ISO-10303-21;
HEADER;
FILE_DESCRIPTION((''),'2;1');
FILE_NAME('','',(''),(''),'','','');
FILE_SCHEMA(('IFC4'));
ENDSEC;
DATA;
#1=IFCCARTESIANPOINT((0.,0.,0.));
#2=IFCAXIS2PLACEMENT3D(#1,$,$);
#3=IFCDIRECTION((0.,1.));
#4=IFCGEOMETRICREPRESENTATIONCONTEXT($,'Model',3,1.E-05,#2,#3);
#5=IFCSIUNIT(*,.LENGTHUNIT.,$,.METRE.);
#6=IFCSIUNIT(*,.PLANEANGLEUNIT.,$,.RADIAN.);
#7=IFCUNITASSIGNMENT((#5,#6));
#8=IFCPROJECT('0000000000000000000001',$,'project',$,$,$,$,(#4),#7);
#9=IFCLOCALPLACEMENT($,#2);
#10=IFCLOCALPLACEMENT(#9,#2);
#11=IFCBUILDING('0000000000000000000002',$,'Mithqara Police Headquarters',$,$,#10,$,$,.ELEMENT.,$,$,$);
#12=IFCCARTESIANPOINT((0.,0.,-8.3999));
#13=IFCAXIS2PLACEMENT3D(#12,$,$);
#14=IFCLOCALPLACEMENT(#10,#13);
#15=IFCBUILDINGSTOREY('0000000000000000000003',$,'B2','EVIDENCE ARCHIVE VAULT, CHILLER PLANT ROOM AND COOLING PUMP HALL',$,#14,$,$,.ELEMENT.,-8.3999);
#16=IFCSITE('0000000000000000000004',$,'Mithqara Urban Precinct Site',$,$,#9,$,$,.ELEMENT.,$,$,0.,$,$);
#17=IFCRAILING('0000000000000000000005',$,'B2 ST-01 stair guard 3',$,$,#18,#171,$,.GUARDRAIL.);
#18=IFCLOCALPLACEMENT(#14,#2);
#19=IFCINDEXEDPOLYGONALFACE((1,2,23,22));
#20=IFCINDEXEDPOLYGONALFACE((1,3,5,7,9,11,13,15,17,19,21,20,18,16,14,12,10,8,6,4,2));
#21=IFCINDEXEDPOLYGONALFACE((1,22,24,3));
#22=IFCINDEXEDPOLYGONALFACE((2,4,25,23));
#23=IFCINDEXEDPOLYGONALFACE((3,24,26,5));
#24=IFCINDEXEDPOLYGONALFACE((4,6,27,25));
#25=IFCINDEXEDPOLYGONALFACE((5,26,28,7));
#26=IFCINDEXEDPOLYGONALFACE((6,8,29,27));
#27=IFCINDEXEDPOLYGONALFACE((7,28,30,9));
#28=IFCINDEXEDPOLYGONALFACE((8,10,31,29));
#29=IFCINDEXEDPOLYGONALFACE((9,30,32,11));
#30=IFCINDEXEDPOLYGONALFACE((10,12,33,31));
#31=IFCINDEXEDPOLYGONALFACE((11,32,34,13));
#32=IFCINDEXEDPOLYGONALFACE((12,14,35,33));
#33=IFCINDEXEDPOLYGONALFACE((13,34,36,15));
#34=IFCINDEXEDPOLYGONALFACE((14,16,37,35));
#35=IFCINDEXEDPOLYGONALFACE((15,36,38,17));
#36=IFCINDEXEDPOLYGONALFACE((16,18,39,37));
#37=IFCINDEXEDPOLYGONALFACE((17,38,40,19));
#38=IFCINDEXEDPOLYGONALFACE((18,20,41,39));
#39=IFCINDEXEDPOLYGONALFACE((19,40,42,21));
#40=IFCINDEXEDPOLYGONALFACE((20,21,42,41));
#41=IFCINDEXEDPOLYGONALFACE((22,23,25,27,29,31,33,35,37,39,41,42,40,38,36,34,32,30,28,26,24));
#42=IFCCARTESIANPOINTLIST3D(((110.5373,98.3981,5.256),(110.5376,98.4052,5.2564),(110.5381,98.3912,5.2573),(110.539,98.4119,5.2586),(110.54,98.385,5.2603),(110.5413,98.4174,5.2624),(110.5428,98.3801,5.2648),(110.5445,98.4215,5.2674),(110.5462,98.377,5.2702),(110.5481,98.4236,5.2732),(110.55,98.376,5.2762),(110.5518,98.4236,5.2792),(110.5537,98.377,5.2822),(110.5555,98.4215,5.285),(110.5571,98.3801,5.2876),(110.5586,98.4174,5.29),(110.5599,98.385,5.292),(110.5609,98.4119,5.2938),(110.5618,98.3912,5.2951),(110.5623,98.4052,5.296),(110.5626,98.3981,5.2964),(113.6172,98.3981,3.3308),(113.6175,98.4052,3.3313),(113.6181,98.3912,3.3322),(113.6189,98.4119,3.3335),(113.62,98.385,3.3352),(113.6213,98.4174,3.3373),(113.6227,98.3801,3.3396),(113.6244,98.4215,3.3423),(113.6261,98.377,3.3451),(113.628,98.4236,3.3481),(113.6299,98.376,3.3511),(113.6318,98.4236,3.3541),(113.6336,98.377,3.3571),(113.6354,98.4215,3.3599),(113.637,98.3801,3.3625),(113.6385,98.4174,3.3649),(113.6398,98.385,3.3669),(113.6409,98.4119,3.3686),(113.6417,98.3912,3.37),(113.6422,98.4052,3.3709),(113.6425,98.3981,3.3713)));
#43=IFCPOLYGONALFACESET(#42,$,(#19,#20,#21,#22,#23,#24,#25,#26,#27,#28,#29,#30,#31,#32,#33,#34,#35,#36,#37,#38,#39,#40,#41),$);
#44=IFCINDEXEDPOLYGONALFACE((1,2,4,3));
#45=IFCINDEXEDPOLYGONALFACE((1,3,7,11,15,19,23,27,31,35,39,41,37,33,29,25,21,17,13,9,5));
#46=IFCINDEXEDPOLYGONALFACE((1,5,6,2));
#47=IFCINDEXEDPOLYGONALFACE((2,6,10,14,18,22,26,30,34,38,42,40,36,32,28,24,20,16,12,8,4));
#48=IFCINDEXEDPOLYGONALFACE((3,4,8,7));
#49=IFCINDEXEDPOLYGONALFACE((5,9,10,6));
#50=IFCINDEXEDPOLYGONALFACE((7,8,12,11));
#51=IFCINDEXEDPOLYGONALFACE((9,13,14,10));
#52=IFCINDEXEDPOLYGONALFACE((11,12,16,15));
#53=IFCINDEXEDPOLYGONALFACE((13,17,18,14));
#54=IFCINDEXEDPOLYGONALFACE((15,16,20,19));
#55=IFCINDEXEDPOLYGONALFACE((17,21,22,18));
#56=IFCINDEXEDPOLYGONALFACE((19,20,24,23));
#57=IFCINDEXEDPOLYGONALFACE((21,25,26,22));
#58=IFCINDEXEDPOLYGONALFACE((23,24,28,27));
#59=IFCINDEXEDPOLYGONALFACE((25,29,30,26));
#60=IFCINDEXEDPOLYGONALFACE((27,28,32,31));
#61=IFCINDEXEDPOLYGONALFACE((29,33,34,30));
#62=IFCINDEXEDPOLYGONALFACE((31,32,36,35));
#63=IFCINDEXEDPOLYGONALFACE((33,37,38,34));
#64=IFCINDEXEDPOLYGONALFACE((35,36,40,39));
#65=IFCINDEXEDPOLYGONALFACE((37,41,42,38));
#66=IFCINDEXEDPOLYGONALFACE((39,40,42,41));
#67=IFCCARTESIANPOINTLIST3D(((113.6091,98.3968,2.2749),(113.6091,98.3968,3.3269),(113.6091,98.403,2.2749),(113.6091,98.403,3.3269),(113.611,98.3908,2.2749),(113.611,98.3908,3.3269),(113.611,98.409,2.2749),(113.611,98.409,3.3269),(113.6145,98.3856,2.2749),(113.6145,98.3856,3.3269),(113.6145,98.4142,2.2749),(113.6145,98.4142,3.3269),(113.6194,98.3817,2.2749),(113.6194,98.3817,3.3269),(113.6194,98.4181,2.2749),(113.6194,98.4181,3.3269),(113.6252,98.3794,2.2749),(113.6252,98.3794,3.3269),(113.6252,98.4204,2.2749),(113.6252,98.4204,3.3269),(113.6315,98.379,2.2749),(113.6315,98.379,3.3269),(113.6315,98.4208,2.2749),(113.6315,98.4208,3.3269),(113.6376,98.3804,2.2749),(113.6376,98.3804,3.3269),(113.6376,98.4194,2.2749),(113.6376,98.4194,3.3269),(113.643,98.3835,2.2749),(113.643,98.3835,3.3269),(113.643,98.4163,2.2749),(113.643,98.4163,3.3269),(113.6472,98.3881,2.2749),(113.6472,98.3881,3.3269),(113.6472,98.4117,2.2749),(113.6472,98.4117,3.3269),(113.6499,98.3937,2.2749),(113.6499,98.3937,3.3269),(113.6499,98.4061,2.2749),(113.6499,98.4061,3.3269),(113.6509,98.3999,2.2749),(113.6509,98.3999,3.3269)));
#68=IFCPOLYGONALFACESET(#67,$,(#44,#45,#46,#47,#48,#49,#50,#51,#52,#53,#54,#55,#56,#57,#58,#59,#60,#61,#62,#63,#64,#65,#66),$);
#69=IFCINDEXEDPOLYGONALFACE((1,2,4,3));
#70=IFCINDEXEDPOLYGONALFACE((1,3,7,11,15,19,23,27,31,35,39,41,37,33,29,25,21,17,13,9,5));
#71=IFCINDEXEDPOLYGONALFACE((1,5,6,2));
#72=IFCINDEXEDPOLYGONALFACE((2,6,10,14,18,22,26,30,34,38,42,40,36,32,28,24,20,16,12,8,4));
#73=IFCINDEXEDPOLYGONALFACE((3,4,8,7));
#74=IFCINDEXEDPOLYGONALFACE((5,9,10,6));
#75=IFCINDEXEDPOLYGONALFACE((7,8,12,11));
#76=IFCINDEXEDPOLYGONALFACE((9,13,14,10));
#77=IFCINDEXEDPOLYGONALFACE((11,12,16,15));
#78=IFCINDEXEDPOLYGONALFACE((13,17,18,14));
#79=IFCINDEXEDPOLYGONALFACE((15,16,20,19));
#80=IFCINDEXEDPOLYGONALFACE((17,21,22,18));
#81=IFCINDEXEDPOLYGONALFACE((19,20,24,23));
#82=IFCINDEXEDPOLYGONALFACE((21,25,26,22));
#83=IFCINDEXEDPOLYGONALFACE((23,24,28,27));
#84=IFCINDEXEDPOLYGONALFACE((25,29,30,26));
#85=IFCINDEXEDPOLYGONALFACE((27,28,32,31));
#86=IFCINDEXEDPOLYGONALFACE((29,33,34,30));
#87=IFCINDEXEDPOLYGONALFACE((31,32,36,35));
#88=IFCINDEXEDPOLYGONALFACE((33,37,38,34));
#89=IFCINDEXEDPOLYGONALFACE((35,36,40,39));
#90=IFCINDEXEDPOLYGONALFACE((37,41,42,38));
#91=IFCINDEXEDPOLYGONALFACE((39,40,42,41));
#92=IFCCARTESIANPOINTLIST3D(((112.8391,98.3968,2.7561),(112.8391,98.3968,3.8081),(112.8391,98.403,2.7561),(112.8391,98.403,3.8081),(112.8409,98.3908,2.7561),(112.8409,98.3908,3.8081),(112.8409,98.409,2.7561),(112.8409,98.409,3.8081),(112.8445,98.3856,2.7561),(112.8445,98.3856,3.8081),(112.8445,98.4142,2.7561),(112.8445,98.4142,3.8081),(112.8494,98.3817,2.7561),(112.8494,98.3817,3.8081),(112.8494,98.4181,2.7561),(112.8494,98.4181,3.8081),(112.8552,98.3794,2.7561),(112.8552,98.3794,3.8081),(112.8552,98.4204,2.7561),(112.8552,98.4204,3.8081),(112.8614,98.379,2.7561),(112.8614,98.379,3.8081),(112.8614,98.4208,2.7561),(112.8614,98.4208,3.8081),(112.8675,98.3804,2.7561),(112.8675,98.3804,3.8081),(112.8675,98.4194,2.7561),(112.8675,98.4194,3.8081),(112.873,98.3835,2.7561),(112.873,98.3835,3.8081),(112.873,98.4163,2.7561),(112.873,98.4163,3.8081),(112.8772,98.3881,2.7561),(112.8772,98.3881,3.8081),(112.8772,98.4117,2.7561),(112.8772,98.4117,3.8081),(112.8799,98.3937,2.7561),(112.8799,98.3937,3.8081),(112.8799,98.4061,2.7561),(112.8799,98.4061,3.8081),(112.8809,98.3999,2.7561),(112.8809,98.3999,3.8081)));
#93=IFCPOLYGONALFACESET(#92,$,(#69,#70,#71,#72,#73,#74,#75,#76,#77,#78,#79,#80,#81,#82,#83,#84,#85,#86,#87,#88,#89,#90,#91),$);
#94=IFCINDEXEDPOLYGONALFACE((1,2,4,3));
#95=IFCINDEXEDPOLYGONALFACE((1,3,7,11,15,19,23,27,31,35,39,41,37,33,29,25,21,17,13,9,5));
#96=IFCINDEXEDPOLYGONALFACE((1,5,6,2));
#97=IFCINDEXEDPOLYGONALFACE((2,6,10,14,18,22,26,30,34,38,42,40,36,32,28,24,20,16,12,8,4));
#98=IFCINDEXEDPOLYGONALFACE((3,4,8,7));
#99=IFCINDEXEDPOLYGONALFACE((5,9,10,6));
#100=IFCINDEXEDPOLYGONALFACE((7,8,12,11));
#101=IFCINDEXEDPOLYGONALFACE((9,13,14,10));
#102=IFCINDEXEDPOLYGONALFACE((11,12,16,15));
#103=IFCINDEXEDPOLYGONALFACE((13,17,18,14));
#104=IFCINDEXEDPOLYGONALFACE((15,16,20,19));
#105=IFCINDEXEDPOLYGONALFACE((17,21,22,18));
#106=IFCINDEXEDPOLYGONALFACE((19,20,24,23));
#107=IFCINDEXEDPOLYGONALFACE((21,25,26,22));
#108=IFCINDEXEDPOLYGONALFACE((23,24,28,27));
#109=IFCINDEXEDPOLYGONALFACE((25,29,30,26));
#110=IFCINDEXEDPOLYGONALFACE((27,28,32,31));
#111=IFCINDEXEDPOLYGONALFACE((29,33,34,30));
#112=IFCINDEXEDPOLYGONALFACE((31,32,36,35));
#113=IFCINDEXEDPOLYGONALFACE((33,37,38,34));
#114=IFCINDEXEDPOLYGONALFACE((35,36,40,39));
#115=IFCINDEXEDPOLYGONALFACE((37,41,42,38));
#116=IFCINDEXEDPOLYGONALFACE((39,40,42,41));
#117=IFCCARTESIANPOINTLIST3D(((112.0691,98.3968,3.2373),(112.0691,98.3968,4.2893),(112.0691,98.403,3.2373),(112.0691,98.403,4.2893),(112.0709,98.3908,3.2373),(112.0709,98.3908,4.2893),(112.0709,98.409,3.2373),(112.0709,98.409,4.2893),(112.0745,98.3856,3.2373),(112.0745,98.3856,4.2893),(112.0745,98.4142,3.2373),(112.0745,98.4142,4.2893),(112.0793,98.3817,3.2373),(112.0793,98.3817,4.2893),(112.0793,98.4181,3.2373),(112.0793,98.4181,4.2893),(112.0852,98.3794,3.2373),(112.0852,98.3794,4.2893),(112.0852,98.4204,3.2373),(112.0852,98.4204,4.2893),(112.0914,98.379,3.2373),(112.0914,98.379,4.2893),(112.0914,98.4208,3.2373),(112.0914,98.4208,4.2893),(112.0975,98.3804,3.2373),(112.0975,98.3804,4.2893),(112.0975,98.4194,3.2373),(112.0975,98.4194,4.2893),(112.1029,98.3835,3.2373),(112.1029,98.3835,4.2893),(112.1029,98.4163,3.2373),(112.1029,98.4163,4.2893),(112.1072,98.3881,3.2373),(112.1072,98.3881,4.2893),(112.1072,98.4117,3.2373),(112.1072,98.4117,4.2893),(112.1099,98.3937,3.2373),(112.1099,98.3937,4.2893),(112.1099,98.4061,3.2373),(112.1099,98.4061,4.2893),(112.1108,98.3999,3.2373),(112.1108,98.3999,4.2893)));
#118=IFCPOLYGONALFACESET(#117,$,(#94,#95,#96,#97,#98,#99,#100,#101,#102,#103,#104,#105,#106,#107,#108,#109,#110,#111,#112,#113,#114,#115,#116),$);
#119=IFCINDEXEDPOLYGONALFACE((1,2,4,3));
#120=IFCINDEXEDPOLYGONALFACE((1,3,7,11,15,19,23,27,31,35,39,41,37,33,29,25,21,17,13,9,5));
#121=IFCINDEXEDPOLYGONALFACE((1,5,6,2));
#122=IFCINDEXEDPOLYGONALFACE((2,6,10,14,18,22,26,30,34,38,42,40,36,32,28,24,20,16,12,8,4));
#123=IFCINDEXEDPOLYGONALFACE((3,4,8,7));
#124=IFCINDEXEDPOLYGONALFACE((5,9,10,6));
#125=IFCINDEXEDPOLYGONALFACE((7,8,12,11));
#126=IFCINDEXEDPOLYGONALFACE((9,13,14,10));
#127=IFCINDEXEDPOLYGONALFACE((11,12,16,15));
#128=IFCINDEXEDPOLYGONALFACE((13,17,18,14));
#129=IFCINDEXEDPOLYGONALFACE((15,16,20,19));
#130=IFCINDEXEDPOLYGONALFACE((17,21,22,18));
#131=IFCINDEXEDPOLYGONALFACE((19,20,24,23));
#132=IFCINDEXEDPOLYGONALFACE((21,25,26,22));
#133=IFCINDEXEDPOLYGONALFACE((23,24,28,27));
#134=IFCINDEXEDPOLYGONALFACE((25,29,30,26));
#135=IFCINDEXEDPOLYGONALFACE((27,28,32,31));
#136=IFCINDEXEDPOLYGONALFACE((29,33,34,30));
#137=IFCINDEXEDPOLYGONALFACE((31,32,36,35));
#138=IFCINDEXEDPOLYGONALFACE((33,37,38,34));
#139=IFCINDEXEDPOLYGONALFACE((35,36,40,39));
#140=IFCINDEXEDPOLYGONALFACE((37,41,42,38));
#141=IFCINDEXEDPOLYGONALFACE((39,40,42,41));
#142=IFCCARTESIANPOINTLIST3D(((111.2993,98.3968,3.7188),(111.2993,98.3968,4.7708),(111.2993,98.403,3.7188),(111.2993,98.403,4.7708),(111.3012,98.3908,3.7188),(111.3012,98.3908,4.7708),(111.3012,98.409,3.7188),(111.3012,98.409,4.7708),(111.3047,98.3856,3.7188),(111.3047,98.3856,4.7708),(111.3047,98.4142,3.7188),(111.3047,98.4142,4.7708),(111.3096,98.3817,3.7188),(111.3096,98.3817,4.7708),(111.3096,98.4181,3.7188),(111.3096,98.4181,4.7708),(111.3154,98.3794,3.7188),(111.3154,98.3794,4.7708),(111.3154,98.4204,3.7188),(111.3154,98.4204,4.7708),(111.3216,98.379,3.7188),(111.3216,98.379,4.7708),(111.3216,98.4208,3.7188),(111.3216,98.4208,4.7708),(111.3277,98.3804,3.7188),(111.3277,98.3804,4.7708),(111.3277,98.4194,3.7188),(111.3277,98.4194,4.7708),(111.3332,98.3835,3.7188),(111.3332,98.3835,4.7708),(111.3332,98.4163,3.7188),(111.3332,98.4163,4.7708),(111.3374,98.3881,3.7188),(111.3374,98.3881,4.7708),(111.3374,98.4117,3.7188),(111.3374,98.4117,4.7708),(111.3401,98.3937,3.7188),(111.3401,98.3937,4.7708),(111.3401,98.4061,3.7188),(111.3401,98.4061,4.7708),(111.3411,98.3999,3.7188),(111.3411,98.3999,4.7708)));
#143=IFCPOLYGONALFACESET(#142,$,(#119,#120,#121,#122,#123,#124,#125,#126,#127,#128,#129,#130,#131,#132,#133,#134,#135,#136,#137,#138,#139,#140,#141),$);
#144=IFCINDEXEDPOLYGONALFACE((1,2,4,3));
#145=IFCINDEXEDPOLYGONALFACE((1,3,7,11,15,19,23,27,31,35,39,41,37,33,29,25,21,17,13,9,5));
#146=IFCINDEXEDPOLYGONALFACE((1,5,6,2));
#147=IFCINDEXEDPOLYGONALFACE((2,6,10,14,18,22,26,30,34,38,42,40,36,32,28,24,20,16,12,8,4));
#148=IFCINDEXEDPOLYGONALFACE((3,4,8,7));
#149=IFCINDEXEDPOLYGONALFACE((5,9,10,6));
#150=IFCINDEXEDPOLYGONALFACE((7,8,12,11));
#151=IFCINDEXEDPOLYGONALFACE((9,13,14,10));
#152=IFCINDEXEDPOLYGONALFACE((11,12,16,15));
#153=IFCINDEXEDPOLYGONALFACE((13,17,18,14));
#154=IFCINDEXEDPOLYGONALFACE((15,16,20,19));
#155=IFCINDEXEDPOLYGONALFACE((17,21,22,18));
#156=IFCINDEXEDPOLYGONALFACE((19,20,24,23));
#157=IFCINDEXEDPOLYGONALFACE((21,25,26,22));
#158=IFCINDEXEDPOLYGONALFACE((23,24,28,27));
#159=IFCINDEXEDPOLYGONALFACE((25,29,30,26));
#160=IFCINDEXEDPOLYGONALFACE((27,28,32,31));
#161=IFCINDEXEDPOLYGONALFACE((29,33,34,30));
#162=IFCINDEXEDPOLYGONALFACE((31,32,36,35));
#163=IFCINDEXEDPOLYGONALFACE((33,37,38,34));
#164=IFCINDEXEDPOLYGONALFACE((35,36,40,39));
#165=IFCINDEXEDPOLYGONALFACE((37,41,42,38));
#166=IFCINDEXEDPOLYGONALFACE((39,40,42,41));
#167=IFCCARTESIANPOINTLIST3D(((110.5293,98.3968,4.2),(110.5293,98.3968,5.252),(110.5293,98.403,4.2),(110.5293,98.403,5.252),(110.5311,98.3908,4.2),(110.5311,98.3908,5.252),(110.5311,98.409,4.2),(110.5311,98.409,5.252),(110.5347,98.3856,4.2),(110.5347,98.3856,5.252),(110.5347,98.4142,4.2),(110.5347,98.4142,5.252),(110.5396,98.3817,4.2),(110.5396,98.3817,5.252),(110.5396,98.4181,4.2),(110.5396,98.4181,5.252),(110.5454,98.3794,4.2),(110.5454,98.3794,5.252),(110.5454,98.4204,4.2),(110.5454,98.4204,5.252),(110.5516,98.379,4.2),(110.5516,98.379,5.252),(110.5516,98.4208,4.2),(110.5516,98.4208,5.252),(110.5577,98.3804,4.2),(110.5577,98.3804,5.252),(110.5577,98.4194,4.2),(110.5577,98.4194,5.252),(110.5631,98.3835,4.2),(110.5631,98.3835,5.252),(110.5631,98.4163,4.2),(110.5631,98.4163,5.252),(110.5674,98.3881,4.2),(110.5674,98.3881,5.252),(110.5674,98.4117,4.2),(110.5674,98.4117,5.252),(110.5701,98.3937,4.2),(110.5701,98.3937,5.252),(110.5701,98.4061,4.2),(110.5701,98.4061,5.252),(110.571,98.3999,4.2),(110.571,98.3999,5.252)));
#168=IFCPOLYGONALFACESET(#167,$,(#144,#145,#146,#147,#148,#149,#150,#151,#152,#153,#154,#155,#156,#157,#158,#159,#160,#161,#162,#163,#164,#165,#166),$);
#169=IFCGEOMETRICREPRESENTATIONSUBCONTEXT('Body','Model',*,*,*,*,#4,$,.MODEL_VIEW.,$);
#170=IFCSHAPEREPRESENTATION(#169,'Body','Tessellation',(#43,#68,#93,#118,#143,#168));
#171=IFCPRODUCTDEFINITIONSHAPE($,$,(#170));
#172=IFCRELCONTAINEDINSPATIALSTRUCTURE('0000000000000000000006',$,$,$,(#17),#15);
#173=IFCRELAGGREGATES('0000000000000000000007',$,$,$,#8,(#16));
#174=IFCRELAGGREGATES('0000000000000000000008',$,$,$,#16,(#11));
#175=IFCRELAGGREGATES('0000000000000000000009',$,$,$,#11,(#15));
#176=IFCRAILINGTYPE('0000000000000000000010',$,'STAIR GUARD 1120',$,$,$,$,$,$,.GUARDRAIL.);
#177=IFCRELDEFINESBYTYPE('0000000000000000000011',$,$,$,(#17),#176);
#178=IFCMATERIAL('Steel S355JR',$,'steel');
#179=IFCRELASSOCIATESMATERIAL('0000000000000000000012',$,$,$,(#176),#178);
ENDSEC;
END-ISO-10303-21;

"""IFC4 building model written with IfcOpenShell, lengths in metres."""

from ifc_helpers import new_model, si_unit, direction, frame, origin, origin_2d, place, context, subcontext, project, spatial, circle, extrude, material, type_object, element, save


model = new_model("IFC4")

# Units and contexts
model_context = context("Model", 3, precision=1e-05, world=origin(), true_north=direction((0.0, 1.0)))
body_context = subcontext(model_context, "Body", "Model", "MODEL_VIEW")
ifc_project = project(units=[si_unit("LENGTHUNIT", "METRE"), si_unit("PLANEANGLEUNIT", "RADIAN")], contexts=[model_context])

# Site, building, storey
site_placement = place(None, origin())
site = spatial("IfcSite", under=ifc_project, at=site_placement, Name="Mithqara Urban Precinct Site", CompositionType="ELEMENT", RefElevation=0.0)
building_placement = place(site_placement, origin())
building = spatial("IfcBuilding", under=site, at=building_placement, Name="Mithqara Police Headquarters", CompositionType="ELEMENT")
storey_placement = place(building_placement, frame((0.0, 0.0, -8.3999)))
storey = spatial("IfcBuildingStorey", under=building, at=storey_placement, Name="B2", Description="EVIDENCE ARCHIVE VAULT, CHILLER PLANT ROOM AND COOLING PUMP HALL", CompositionType="ELEMENT", Elevation=-8.3999)

# Shared definitions
ifc_material_1 = material(Name="Steel S355JR", Category="steel")

# Railing
railing_type_1 = type_object("IfcRailingType", Name="STAIR GUARD 1120", PredefinedType="GUARDRAIL", material=ifc_material_1)
railing_1_placement = place(storey_placement, frame((113.6299, 98.3999, 2.2749)))
element("IfcRailing", 1, at=railing_1_placement, inside=storey, type_object=railing_type_1, Name="B2 ST-01 stair guard 3", PredefinedType="GUARDRAIL", context=body_context, shape_type="SweptSolid", body=[
    extrude(circle(Radius=0.0239, at=origin_2d()), frame((0.0, 0.0, 1.0762), z_axis=(-0.847979, 0.0, 0.530029), x_axis=(0.0, -1.0, 0.0)), (0.0, 0.0, 1.0), 3.6321),
    extrude(circle(Radius=0.021, at=origin_2d()), origin(), (0.0, 0.0, 1.0), 1.052),
    extrude(circle(Radius=0.021, at=origin_2d()), frame((-0.77, 0.0, 0.4812)), (0.0, 0.0, 1.0), 1.052),
    extrude(circle(Radius=0.021, at=origin_2d()), frame((-1.54, 0.0, 0.9624)), (0.0, 0.0, 1.0), 1.052),
    extrude(circle(Radius=0.021, at=origin_2d()), frame((-2.3098, 0.0, 1.4438)), (0.0, 0.0, 1.0), 1.052),
    extrude(circle(Radius=0.021, at=origin_2d()), frame((-3.0798, 0.0, 1.925)), (0.0, 0.0, 1.0), 1.052),
])

save(model, "model.ifc")
